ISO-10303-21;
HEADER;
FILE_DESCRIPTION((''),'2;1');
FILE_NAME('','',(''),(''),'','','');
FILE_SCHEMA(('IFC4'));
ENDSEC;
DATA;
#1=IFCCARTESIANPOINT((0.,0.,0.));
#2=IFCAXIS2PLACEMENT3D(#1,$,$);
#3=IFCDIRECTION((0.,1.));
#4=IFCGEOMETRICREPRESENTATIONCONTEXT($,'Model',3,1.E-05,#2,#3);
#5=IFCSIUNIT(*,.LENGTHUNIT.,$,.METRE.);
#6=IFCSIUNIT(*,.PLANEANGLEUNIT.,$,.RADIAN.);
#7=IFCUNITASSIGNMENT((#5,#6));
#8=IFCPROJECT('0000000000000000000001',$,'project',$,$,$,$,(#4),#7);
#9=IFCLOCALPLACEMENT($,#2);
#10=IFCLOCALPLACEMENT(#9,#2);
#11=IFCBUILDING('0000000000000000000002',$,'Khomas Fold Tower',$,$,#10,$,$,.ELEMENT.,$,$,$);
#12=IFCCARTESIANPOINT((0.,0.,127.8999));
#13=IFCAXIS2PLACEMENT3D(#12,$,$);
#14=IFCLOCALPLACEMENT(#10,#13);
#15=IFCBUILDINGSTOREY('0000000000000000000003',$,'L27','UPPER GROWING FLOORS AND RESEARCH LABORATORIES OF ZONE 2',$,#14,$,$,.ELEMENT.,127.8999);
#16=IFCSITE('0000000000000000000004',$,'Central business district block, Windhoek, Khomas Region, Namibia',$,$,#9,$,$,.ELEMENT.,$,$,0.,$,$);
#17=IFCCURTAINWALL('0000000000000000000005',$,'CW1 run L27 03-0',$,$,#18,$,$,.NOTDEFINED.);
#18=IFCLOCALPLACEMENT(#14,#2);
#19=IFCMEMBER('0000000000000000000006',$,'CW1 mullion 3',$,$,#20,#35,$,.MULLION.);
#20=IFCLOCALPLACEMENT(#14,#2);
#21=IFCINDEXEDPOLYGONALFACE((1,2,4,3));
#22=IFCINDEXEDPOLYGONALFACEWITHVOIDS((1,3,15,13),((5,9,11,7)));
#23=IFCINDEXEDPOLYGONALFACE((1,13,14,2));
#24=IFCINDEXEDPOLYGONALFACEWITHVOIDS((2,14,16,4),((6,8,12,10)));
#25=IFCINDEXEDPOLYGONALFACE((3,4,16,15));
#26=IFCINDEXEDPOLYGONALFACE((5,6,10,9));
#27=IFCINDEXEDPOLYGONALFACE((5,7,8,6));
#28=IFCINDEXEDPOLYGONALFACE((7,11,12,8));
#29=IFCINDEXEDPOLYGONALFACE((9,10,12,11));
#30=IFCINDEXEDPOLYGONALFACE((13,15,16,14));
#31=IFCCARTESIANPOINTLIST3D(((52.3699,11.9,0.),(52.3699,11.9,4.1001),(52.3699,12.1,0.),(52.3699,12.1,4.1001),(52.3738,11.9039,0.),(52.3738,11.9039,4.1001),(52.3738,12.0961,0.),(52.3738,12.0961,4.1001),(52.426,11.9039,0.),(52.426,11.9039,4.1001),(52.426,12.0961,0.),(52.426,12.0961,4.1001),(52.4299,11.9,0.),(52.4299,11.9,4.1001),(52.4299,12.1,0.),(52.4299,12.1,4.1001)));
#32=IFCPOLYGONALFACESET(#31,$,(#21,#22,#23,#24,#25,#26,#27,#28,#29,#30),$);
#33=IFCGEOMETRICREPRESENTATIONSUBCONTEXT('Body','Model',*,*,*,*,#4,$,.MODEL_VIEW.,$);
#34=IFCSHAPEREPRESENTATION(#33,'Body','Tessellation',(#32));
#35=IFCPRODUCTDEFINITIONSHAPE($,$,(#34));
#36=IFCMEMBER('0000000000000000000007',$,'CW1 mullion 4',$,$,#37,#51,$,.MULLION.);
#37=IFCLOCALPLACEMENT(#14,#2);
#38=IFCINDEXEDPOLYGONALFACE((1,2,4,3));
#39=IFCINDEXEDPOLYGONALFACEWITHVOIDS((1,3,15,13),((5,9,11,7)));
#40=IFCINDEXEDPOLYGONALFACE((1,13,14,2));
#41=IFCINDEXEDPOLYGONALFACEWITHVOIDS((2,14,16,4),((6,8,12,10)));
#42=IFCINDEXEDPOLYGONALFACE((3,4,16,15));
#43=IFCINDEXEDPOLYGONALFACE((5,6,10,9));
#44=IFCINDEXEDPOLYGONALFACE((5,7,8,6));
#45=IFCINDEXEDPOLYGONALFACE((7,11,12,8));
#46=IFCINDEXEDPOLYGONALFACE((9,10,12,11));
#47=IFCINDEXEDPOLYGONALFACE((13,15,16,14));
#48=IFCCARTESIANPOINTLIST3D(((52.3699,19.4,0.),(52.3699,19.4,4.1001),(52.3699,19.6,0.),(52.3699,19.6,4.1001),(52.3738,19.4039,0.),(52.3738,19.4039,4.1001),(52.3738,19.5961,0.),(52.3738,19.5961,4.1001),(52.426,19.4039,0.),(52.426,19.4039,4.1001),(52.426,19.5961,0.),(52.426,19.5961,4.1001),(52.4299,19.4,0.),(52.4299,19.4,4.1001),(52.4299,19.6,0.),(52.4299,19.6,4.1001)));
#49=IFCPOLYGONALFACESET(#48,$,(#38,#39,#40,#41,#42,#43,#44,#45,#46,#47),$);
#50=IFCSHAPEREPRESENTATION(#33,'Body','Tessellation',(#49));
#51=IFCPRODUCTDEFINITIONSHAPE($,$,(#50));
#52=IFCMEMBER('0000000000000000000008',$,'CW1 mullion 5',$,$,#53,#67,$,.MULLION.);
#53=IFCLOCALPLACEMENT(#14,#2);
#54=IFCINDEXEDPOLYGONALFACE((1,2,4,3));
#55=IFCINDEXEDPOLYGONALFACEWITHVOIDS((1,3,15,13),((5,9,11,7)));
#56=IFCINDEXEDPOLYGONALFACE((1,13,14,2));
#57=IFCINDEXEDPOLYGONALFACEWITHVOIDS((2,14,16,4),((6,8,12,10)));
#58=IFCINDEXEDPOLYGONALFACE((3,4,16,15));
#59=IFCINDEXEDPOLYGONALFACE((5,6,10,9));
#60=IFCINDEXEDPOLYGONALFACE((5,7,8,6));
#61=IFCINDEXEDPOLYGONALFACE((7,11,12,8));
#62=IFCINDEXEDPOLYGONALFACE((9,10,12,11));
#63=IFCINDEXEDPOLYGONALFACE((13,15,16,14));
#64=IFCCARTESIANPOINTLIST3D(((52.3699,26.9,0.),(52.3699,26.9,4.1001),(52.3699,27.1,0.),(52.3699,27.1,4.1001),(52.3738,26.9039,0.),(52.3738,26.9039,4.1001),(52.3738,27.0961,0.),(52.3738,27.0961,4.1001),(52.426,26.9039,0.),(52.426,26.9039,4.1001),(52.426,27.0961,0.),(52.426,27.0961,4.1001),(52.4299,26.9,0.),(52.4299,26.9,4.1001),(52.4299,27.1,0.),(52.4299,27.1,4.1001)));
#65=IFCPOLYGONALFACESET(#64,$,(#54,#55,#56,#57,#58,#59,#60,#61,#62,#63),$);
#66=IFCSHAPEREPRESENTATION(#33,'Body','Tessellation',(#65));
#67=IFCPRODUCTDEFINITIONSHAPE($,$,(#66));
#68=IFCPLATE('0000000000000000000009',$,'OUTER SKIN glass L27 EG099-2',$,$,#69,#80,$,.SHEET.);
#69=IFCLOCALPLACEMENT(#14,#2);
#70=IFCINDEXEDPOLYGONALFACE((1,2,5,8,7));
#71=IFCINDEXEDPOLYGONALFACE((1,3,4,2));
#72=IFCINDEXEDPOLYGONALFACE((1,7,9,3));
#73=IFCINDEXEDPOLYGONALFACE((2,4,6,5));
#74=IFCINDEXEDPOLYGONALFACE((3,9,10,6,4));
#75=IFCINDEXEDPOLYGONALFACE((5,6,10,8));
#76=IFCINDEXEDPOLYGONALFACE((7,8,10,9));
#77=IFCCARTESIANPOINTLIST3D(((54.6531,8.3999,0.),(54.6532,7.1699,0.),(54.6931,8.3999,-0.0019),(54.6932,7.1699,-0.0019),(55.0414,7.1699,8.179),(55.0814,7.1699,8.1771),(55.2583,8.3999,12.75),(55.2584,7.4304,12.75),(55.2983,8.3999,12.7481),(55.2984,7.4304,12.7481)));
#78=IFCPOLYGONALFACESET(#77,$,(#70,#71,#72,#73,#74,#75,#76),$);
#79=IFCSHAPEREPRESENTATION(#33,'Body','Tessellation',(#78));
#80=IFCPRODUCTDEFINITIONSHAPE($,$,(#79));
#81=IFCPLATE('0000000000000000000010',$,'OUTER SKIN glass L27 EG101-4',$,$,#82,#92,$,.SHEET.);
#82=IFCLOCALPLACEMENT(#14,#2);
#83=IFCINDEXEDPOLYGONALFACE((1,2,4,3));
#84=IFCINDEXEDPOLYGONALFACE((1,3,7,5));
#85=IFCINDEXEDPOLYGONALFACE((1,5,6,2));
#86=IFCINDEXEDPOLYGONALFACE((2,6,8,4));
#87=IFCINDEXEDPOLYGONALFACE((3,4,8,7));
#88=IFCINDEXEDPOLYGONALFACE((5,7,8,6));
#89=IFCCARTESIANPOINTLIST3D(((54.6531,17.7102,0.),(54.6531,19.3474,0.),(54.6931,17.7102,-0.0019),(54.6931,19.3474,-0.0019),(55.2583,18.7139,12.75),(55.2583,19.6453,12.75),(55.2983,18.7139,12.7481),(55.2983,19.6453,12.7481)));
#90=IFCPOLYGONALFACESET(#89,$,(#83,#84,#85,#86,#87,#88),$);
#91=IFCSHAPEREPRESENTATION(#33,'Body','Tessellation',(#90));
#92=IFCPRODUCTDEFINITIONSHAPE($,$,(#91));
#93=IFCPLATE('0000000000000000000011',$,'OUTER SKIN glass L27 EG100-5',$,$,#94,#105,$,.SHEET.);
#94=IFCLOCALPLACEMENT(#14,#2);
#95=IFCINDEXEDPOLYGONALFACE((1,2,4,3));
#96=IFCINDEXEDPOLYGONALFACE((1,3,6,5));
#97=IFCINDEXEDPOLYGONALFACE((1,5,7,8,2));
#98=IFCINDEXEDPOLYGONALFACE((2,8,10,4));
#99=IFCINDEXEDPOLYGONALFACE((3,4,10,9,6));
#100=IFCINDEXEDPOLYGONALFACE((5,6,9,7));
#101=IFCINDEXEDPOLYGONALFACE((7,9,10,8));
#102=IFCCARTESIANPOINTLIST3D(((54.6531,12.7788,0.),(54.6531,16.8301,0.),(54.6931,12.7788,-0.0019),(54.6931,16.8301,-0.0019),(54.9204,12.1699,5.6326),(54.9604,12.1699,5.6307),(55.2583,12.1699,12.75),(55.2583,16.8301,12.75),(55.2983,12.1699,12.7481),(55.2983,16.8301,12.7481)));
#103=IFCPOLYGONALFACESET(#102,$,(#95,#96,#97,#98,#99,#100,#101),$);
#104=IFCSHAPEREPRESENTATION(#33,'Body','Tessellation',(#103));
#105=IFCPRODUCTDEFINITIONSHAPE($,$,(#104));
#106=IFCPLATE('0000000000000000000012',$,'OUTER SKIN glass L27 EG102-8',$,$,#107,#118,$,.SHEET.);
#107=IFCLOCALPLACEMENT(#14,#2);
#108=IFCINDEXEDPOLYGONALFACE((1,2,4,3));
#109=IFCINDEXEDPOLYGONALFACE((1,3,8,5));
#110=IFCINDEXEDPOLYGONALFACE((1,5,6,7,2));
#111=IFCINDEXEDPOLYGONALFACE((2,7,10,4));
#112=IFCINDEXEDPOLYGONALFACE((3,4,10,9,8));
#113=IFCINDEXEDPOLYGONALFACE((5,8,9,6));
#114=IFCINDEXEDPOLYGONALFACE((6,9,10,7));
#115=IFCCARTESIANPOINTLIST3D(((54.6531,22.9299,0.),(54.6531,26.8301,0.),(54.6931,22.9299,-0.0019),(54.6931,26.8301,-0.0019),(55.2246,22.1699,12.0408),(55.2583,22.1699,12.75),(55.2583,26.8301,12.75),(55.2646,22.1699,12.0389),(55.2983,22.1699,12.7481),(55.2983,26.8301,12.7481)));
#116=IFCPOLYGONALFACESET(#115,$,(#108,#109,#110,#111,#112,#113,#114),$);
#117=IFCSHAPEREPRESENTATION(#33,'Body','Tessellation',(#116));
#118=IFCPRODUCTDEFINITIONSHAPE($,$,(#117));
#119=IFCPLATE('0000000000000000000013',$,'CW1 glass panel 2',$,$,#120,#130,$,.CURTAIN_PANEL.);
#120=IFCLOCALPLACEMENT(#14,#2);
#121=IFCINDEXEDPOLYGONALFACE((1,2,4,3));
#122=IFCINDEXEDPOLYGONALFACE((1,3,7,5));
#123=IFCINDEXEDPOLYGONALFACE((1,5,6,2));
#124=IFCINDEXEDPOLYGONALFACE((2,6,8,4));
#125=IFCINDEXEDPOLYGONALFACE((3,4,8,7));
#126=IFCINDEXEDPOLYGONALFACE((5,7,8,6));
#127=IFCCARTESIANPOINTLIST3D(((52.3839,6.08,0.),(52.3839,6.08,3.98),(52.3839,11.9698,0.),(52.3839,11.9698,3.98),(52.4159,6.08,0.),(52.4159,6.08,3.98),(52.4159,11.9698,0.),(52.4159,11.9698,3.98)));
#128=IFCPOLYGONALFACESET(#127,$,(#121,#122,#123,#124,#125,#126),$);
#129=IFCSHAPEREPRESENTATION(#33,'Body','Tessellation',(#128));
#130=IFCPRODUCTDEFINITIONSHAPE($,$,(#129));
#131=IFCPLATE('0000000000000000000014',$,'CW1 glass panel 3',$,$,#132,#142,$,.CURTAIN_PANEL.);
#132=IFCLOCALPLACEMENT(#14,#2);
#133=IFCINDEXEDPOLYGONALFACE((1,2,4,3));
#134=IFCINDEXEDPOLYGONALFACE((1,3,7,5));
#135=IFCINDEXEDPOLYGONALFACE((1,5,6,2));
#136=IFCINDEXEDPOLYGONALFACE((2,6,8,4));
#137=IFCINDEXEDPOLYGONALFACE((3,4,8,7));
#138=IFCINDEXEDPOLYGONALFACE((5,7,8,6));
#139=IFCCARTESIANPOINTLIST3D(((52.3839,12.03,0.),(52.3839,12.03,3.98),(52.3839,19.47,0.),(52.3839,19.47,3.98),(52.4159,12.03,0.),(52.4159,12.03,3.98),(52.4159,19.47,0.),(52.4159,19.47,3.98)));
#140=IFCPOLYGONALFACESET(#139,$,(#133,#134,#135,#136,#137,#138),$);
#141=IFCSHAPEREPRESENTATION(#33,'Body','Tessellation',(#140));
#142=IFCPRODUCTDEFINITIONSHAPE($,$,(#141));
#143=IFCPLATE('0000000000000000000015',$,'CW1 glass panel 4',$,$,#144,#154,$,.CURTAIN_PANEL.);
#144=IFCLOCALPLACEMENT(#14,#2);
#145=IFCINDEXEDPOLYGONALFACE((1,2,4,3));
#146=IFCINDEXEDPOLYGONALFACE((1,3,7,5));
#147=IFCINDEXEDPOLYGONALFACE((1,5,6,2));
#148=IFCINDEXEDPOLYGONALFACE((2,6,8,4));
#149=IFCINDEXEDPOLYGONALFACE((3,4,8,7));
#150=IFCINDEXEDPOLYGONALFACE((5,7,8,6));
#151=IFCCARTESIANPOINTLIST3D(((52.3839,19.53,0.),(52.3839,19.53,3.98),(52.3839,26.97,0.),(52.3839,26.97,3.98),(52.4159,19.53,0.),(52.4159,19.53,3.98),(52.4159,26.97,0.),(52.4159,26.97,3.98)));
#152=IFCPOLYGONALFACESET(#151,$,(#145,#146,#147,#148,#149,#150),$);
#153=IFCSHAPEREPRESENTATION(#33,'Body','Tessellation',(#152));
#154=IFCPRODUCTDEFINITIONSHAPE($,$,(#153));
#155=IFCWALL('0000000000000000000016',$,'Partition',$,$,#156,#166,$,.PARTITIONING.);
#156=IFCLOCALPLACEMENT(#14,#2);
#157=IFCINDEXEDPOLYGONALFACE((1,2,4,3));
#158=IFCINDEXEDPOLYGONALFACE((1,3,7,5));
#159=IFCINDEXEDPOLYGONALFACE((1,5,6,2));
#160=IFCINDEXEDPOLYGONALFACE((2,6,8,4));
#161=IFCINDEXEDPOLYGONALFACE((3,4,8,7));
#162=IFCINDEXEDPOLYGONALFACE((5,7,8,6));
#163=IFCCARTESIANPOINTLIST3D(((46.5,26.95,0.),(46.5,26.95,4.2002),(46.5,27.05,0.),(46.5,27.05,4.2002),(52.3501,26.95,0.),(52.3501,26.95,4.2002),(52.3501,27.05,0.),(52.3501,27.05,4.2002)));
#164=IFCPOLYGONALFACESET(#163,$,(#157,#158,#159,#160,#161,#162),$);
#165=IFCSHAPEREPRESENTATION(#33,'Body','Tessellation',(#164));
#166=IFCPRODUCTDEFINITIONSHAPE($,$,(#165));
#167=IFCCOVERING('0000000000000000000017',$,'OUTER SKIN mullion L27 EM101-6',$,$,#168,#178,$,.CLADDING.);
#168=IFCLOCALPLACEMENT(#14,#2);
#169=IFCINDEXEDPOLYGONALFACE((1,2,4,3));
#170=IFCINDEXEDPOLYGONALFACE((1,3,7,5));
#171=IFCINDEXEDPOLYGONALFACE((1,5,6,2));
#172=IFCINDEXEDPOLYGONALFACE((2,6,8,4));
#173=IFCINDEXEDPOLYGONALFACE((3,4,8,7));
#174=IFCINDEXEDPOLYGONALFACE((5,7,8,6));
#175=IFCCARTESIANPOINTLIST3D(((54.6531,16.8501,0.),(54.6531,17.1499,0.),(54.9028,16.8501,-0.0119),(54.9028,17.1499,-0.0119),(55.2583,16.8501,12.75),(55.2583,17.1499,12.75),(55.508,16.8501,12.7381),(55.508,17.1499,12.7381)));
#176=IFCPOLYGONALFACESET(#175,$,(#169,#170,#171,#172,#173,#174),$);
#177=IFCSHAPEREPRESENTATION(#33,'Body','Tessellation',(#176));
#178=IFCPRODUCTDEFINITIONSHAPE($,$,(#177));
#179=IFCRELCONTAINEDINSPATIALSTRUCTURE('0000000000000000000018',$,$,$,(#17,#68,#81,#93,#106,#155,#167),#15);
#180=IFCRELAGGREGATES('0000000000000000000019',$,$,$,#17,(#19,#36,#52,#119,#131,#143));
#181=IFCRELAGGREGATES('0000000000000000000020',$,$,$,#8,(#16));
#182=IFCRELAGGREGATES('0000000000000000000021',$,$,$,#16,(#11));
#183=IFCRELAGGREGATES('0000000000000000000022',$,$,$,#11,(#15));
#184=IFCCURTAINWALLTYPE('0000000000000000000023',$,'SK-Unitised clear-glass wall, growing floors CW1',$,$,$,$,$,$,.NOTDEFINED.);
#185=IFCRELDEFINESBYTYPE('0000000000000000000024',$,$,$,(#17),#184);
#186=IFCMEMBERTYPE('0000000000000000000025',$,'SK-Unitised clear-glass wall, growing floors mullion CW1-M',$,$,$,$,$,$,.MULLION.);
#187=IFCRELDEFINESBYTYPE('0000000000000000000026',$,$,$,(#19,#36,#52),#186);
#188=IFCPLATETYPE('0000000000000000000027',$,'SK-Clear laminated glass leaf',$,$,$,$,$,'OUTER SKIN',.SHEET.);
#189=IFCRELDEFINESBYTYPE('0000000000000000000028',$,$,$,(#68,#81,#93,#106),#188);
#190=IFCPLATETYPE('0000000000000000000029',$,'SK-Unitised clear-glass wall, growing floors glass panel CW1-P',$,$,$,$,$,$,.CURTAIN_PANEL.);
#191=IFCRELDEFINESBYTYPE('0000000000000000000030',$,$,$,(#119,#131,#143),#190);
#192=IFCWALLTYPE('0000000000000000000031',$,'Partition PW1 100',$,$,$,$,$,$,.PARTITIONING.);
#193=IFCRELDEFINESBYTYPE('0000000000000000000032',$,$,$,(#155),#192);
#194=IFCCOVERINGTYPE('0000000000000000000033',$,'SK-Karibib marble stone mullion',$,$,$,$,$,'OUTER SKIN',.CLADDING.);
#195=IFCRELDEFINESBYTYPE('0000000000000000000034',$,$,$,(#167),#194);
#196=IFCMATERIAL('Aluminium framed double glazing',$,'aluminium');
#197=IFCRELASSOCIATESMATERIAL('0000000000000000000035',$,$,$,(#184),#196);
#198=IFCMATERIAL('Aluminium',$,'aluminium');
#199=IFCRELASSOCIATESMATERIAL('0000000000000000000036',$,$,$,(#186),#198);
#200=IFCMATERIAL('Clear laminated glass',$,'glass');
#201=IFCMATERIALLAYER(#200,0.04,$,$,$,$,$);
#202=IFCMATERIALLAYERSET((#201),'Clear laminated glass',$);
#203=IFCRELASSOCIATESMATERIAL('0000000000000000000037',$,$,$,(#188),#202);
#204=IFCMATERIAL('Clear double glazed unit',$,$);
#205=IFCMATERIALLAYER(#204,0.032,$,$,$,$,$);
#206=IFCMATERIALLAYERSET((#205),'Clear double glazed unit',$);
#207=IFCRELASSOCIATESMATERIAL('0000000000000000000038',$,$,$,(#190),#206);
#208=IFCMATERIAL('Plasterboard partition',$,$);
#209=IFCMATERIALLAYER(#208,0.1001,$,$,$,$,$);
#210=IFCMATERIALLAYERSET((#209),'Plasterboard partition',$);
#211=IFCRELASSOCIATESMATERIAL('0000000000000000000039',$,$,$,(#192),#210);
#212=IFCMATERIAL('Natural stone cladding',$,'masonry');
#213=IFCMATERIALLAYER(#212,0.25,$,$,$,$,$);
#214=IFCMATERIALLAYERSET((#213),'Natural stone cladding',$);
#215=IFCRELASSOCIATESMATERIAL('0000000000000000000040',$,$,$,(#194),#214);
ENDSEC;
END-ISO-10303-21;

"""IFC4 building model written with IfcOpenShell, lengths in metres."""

from ifc_helpers import new_model, si_unit, direction, frame, frame_2d, origin, origin_2d, place, context, subcontext, project, spatial, polyline, rectangle, hollow_rectangle, outline, extrude, source, transform, mapped, material, layer, layer_set, material_profile, profile_set, type_object, element, aggregate, save


model = new_model("IFC4")

# Units and contexts
model_context = context("Model", 3, precision=1e-05, world=origin(), true_north=direction((0.0, 1.0)))
body_context = subcontext(model_context, "Body", "Model", "MODEL_VIEW")
ifc_project = project(units=[si_unit("LENGTHUNIT", "METRE"), si_unit("PLANEANGLEUNIT", "RADIAN")], contexts=[model_context])

# Site, building, storey
site_placement = place(None, origin())
site = spatial("IfcSite", under=ifc_project, at=site_placement, Name="Central business district block, Windhoek, Khomas Region, Namibia", CompositionType="ELEMENT", RefElevation=0.0)
building_placement = place(site_placement, origin())
building = spatial("IfcBuilding", under=site, at=building_placement, Name="Khomas Fold Tower", CompositionType="ELEMENT")
storey_placement = place(building_placement, frame((0.0, 0.0, 127.8999)))
storey = spatial("IfcBuildingStorey", under=building, at=storey_placement, Name="L27", Description="UPPER GROWING FLOORS AND RESEARCH LABORATORIES OF ZONE 2", CompositionType="ELEMENT", Elevation=127.8999)

# Curtain wall, members
ifc_material_1 = material(Name="Aluminium framed double glazing", Category="aluminium")
curtain_wall_type = type_object("IfcCurtainWallType", Name="SK-Unitised clear-glass wall, growing floors CW1", PredefinedType="NOTDEFINED", material=ifc_material_1)
curtain_wall_placement = place(storey_placement, origin())
curtain_wall = element("IfcCurtainWall", 1, at=curtain_wall_placement, inside=storey, type_object=curtain_wall_type, Name="CW1 run L27 03-0", PredefinedType="NOTDEFINED")
ifc_material_2 = material(Name="Aluminium", Category="aluminium")
ifc_material_profile_1 = material_profile(ifc_material_2, hollow_rectangle(XDim=0.0601, YDim=0.2, WallThickness=0.0039, at=origin_2d()), Name="SK-Unitised clear-glass wall, growing floors mullion CW1-M")
ifc_profile_set_1 = profile_set([ifc_material_profile_1], Name="Aluminium")
member_type_1 = type_object("IfcMemberType", Name="SK-Unitised clear-glass wall, growing floors mullion CW1-M", PredefinedType="MULLION", material=ifc_profile_set_1)
shared_shape_1 = source(origin(), body_context, "Body", "SweptSolid", [
    extrude(hollow_rectangle(XDim=0.0601, YDim=0.2, WallThickness=0.0039, at=origin_2d()), origin(), (0.0, 0.0, 1.0), 4.1001),
])
member_1_placement = place(storey_placement, frame((52.3999, 12.0, 0.0), z_axis=(0.0, 0.0, 1.0), x_axis=(-1.0, 0.0, 0.0)))
member_1 = element("IfcMember", 2, at=member_1_placement, type_object=member_type_1, Name="CW1 mullion 3", PredefinedType="MULLION", context=body_context, shape_type="MappedRepresentation", body=[
    mapped(shared_shape_1, transform((0.0, 0.0, 0.0))),
])
member_2_placement = place(storey_placement, frame((52.3999, 19.5, 0.0), z_axis=(0.0, 0.0, 1.0), x_axis=(-1.0, 0.0, 0.0)))
member_2 = element("IfcMember", 3, at=member_2_placement, type_object=member_type_1, Name="CW1 mullion 4", PredefinedType="MULLION", context=body_context, shape_type="MappedRepresentation", body=[
    mapped(shared_shape_1, transform((0.0, 0.0, 0.0))),
])
member_3_placement = place(storey_placement, frame((52.3999, 27.0, 0.0), z_axis=(0.0, 0.0, 1.0), x_axis=(-1.0, 0.0, 0.0)))
member_3 = element("IfcMember", 4, at=member_3_placement, type_object=member_type_1, Name="CW1 mullion 5", PredefinedType="MULLION", context=body_context, shape_type="MappedRepresentation", body=[
    mapped(shared_shape_1, transform((0.0, 0.0, 0.0))),
])

# Plates
ifc_material_3 = material(Name="Clear laminated glass", Category="glass")
ifc_layer_1 = layer(ifc_material_3, 0.04)
ifc_layer_set_1 = layer_set([ifc_layer_1], Name="Clear laminated glass")
plate_type_1 = type_object("IfcPlateType", Name="SK-Clear laminated glass leaf", ElementType="OUTER SKIN", PredefinedType="SHEET", material=ifc_layer_set_1)
plate_1_placement = place(storey_placement, frame((54.6531, 8.3999, 0.0), z_axis=(-0.998875, -0.000078, 0.047417), x_axis=(0.000078, -1.0, -0.000004)))
element("IfcPlate", 5, at=plate_1_placement, inside=storey, type_object=plate_type_1, Name="OUTER SKIN glass L27 EG099-2", PredefinedType="SHEET", context=body_context, shape_type="SweptSolid", body=[
    extrude(outline(polyline([(0.0, 0.0), (1.23, 0.0), (1.23, 8.1882), (0.9695, 12.7644), (0.0, 12.7644), (0.0, 0.0)])), origin(), (0.0, 0.0, -1.0), 0.04),
])
plate_2_placement = place(storey_placement, frame((54.6531, 19.3474, 0.0), z_axis=(-0.998875, 0.0, 0.047415), x_axis=(0.0, -1.0, 0.0)))
element("IfcPlate", 6, at=plate_2_placement, inside=storey, type_object=plate_type_1, Name="OUTER SKIN glass L27 EG101-4", PredefinedType="SHEET", context=body_context, shape_type="SweptSolid", body=[
    extrude(outline(polyline([(0.0, 0.0), (1.6372, 0.0), (0.6335, 12.7644), (-0.2979, 12.7644), (0.0, 0.0)])), origin(), (0.0, 0.0, -1.0), 0.04),
])
plate_3_placement = place(storey_placement, frame((54.6531, 12.7788, 0.0), z_axis=(-0.998875, 0.000004, 0.047415), x_axis=(0.047141, -0.107355, 0.993102)))
element("IfcPlate", 7, at=plate_3_placement, inside=storey, type_object=plate_type_1, Name="OUTER SKIN glass L27 EG100-5", PredefinedType="SHEET", context=body_context, shape_type="SweptSolid", body=[
    extrude(outline(polyline([(0.0, 0.0), (5.6717, 0.0), (12.756, 0.765), (12.2557, 5.3982), (-0.4349, 4.0279), (0.0, 0.0)])), origin(), (0.0, 0.0, -1.0), 0.04),
])
plate_4_placement = place(storey_placement, frame((54.6531, 22.9299, 0.0), z_axis=(-0.998875, 0.000003, 0.047415), x_axis=(0.047321, -0.062924, 0.996896)))
element("IfcPlate", 8, at=plate_4_placement, inside=storey, type_object=plate_type_1, Name="OUTER SKIN glass L27 EG102-8", PredefinedType="SHEET", context=body_context, shape_type="SweptSolid", body=[
    extrude(outline(polyline([(0.0, 0.0), (12.0783, 0.0), (12.7869, 0.0447), (12.4936, 4.6956), (-0.2454, 3.8924), (0.0, 0.0)])), origin(), (0.0, 0.0, -1.0), 0.04),
])

# Plates
ifc_material_4 = material(Name="Clear double glazed unit")
ifc_layer_2 = layer(ifc_material_4, 0.032)
ifc_layer_set_2 = layer_set([ifc_layer_2], Name="Clear double glazed unit")
plate_type_2 = type_object("IfcPlateType", Name="SK-Unitised clear-glass wall, growing floors glass panel CW1-P", PredefinedType="CURTAIN_PANEL", material=ifc_layer_set_2)
shared_shape_2 = source(origin(), body_context, "Body", "SweptSolid", [
    extrude(rectangle(XDim=5.8899, YDim=0.032, at=origin_2d()), origin(), (0.0, 0.0, 1.0), 3.98),
])
plate_5_placement = place(storey_placement, frame((52.3999, 9.0249, 0.0), z_axis=(0.0, 0.0, 1.0), x_axis=(0.0, 1.0, 0.0)))
plate_5 = element("IfcPlate", 9, at=plate_5_placement, type_object=plate_type_2, Name="CW1 glass panel 2", PredefinedType="CURTAIN_PANEL", context=body_context, shape_type="MappedRepresentation", body=[
    mapped(shared_shape_2, transform((0.0, 0.0, 0.0))),
])
shared_shape_3 = source(origin(), body_context, "Body", "SweptSolid", [
    extrude(rectangle(XDim=7.4399, YDim=0.032, at=origin_2d()), origin(), (0.0, 0.0, 1.0), 3.98),
])
plate_6_placement = place(storey_placement, frame((52.3999, 15.75, 0.0), z_axis=(0.0, 0.0, 1.0), x_axis=(0.0, 1.0, 0.0)))
plate_6 = element("IfcPlate", 10, at=plate_6_placement, type_object=plate_type_2, Name="CW1 glass panel 3", PredefinedType="CURTAIN_PANEL", context=body_context, shape_type="MappedRepresentation", body=[
    mapped(shared_shape_3, transform((0.0, 0.0, 0.0))),
])
plate_7_placement = place(storey_placement, frame((52.3999, 23.25, 0.0), z_axis=(0.0, 0.0, 1.0), x_axis=(0.0, 1.0, 0.0)))
plate_7 = element("IfcPlate", 11, at=plate_7_placement, type_object=plate_type_2, Name="CW1 glass panel 4", PredefinedType="CURTAIN_PANEL", context=body_context, shape_type="MappedRepresentation", body=[
    mapped(shared_shape_3, transform((0.0, 0.0, 0.0))),
])
aggregate(curtain_wall, [member_1, member_2, member_3, plate_5, plate_6, plate_7])

# Wall
ifc_material_5 = material(Name="Plasterboard partition")
ifc_layer_3 = layer(ifc_material_5, 0.1001)
ifc_layer_set_3 = layer_set([ifc_layer_3], Name="Plasterboard partition")
wall_type = type_object("IfcWallType", Name="Partition PW1 100", PredefinedType="PARTITIONING", material=ifc_layer_set_3)
shared_shape_4 = source(origin(), body_context, "Body", "SweptSolid", [
    extrude(rectangle(XDim=5.8501, YDim=0.1001, at=frame_2d((2.925, 0.0))), origin(), (0.0, 0.0, 1.0), 4.2002),
])
wall_placement = place(storey_placement, frame((46.5, 27.0, 0.0), z_axis=(0.0, 0.0, 1.0), x_axis=(1.0, 0.0, 0.0)))
element("IfcWall", 12, at=wall_placement, inside=storey, type_object=wall_type, Name="Partition", PredefinedType="PARTITIONING", context=body_context, shape_type="MappedRepresentation", body=[
    mapped(shared_shape_4, transform((0.0, 0.0, 0.0))),
])

# Covering
ifc_material_6 = material(Name="Natural stone cladding", Category="masonry")
ifc_layer_4 = layer(ifc_material_6, 0.25)
ifc_layer_set_4 = layer_set([ifc_layer_4], Name="Natural stone cladding")
covering_type_1 = type_object("IfcCoveringType", Name="SK-Karibib marble stone mullion", ElementType="OUTER SKIN", PredefinedType="CLADDING", material=ifc_layer_set_4)
for number, where, z_axis, x_axis, name in (
    (13, (54.6531, 16.8501, 0.0), (-0.998875, 0.0, 0.047415), (0.047415, 0.0, 0.998875), "OUTER SKIN mullion L27 EM101-6"),
):
    element("IfcCovering", number, at=place(storey_placement, frame(where, z_axis=z_axis, x_axis=x_axis)), inside=storey, type_object=covering_type_1, Name=name, PredefinedType="CLADDING", context=body_context, shape_type="SweptSolid", body=[
        extrude(outline(polyline([(0.0, 0.0), (12.7644, 0.0), (12.7644, 0.2998), (0.0, 0.2998), (0.0, 0.0)])), origin(), (0.0, 0.0, -1.0), 0.25),
    ])

save(model, "model.ifc")
